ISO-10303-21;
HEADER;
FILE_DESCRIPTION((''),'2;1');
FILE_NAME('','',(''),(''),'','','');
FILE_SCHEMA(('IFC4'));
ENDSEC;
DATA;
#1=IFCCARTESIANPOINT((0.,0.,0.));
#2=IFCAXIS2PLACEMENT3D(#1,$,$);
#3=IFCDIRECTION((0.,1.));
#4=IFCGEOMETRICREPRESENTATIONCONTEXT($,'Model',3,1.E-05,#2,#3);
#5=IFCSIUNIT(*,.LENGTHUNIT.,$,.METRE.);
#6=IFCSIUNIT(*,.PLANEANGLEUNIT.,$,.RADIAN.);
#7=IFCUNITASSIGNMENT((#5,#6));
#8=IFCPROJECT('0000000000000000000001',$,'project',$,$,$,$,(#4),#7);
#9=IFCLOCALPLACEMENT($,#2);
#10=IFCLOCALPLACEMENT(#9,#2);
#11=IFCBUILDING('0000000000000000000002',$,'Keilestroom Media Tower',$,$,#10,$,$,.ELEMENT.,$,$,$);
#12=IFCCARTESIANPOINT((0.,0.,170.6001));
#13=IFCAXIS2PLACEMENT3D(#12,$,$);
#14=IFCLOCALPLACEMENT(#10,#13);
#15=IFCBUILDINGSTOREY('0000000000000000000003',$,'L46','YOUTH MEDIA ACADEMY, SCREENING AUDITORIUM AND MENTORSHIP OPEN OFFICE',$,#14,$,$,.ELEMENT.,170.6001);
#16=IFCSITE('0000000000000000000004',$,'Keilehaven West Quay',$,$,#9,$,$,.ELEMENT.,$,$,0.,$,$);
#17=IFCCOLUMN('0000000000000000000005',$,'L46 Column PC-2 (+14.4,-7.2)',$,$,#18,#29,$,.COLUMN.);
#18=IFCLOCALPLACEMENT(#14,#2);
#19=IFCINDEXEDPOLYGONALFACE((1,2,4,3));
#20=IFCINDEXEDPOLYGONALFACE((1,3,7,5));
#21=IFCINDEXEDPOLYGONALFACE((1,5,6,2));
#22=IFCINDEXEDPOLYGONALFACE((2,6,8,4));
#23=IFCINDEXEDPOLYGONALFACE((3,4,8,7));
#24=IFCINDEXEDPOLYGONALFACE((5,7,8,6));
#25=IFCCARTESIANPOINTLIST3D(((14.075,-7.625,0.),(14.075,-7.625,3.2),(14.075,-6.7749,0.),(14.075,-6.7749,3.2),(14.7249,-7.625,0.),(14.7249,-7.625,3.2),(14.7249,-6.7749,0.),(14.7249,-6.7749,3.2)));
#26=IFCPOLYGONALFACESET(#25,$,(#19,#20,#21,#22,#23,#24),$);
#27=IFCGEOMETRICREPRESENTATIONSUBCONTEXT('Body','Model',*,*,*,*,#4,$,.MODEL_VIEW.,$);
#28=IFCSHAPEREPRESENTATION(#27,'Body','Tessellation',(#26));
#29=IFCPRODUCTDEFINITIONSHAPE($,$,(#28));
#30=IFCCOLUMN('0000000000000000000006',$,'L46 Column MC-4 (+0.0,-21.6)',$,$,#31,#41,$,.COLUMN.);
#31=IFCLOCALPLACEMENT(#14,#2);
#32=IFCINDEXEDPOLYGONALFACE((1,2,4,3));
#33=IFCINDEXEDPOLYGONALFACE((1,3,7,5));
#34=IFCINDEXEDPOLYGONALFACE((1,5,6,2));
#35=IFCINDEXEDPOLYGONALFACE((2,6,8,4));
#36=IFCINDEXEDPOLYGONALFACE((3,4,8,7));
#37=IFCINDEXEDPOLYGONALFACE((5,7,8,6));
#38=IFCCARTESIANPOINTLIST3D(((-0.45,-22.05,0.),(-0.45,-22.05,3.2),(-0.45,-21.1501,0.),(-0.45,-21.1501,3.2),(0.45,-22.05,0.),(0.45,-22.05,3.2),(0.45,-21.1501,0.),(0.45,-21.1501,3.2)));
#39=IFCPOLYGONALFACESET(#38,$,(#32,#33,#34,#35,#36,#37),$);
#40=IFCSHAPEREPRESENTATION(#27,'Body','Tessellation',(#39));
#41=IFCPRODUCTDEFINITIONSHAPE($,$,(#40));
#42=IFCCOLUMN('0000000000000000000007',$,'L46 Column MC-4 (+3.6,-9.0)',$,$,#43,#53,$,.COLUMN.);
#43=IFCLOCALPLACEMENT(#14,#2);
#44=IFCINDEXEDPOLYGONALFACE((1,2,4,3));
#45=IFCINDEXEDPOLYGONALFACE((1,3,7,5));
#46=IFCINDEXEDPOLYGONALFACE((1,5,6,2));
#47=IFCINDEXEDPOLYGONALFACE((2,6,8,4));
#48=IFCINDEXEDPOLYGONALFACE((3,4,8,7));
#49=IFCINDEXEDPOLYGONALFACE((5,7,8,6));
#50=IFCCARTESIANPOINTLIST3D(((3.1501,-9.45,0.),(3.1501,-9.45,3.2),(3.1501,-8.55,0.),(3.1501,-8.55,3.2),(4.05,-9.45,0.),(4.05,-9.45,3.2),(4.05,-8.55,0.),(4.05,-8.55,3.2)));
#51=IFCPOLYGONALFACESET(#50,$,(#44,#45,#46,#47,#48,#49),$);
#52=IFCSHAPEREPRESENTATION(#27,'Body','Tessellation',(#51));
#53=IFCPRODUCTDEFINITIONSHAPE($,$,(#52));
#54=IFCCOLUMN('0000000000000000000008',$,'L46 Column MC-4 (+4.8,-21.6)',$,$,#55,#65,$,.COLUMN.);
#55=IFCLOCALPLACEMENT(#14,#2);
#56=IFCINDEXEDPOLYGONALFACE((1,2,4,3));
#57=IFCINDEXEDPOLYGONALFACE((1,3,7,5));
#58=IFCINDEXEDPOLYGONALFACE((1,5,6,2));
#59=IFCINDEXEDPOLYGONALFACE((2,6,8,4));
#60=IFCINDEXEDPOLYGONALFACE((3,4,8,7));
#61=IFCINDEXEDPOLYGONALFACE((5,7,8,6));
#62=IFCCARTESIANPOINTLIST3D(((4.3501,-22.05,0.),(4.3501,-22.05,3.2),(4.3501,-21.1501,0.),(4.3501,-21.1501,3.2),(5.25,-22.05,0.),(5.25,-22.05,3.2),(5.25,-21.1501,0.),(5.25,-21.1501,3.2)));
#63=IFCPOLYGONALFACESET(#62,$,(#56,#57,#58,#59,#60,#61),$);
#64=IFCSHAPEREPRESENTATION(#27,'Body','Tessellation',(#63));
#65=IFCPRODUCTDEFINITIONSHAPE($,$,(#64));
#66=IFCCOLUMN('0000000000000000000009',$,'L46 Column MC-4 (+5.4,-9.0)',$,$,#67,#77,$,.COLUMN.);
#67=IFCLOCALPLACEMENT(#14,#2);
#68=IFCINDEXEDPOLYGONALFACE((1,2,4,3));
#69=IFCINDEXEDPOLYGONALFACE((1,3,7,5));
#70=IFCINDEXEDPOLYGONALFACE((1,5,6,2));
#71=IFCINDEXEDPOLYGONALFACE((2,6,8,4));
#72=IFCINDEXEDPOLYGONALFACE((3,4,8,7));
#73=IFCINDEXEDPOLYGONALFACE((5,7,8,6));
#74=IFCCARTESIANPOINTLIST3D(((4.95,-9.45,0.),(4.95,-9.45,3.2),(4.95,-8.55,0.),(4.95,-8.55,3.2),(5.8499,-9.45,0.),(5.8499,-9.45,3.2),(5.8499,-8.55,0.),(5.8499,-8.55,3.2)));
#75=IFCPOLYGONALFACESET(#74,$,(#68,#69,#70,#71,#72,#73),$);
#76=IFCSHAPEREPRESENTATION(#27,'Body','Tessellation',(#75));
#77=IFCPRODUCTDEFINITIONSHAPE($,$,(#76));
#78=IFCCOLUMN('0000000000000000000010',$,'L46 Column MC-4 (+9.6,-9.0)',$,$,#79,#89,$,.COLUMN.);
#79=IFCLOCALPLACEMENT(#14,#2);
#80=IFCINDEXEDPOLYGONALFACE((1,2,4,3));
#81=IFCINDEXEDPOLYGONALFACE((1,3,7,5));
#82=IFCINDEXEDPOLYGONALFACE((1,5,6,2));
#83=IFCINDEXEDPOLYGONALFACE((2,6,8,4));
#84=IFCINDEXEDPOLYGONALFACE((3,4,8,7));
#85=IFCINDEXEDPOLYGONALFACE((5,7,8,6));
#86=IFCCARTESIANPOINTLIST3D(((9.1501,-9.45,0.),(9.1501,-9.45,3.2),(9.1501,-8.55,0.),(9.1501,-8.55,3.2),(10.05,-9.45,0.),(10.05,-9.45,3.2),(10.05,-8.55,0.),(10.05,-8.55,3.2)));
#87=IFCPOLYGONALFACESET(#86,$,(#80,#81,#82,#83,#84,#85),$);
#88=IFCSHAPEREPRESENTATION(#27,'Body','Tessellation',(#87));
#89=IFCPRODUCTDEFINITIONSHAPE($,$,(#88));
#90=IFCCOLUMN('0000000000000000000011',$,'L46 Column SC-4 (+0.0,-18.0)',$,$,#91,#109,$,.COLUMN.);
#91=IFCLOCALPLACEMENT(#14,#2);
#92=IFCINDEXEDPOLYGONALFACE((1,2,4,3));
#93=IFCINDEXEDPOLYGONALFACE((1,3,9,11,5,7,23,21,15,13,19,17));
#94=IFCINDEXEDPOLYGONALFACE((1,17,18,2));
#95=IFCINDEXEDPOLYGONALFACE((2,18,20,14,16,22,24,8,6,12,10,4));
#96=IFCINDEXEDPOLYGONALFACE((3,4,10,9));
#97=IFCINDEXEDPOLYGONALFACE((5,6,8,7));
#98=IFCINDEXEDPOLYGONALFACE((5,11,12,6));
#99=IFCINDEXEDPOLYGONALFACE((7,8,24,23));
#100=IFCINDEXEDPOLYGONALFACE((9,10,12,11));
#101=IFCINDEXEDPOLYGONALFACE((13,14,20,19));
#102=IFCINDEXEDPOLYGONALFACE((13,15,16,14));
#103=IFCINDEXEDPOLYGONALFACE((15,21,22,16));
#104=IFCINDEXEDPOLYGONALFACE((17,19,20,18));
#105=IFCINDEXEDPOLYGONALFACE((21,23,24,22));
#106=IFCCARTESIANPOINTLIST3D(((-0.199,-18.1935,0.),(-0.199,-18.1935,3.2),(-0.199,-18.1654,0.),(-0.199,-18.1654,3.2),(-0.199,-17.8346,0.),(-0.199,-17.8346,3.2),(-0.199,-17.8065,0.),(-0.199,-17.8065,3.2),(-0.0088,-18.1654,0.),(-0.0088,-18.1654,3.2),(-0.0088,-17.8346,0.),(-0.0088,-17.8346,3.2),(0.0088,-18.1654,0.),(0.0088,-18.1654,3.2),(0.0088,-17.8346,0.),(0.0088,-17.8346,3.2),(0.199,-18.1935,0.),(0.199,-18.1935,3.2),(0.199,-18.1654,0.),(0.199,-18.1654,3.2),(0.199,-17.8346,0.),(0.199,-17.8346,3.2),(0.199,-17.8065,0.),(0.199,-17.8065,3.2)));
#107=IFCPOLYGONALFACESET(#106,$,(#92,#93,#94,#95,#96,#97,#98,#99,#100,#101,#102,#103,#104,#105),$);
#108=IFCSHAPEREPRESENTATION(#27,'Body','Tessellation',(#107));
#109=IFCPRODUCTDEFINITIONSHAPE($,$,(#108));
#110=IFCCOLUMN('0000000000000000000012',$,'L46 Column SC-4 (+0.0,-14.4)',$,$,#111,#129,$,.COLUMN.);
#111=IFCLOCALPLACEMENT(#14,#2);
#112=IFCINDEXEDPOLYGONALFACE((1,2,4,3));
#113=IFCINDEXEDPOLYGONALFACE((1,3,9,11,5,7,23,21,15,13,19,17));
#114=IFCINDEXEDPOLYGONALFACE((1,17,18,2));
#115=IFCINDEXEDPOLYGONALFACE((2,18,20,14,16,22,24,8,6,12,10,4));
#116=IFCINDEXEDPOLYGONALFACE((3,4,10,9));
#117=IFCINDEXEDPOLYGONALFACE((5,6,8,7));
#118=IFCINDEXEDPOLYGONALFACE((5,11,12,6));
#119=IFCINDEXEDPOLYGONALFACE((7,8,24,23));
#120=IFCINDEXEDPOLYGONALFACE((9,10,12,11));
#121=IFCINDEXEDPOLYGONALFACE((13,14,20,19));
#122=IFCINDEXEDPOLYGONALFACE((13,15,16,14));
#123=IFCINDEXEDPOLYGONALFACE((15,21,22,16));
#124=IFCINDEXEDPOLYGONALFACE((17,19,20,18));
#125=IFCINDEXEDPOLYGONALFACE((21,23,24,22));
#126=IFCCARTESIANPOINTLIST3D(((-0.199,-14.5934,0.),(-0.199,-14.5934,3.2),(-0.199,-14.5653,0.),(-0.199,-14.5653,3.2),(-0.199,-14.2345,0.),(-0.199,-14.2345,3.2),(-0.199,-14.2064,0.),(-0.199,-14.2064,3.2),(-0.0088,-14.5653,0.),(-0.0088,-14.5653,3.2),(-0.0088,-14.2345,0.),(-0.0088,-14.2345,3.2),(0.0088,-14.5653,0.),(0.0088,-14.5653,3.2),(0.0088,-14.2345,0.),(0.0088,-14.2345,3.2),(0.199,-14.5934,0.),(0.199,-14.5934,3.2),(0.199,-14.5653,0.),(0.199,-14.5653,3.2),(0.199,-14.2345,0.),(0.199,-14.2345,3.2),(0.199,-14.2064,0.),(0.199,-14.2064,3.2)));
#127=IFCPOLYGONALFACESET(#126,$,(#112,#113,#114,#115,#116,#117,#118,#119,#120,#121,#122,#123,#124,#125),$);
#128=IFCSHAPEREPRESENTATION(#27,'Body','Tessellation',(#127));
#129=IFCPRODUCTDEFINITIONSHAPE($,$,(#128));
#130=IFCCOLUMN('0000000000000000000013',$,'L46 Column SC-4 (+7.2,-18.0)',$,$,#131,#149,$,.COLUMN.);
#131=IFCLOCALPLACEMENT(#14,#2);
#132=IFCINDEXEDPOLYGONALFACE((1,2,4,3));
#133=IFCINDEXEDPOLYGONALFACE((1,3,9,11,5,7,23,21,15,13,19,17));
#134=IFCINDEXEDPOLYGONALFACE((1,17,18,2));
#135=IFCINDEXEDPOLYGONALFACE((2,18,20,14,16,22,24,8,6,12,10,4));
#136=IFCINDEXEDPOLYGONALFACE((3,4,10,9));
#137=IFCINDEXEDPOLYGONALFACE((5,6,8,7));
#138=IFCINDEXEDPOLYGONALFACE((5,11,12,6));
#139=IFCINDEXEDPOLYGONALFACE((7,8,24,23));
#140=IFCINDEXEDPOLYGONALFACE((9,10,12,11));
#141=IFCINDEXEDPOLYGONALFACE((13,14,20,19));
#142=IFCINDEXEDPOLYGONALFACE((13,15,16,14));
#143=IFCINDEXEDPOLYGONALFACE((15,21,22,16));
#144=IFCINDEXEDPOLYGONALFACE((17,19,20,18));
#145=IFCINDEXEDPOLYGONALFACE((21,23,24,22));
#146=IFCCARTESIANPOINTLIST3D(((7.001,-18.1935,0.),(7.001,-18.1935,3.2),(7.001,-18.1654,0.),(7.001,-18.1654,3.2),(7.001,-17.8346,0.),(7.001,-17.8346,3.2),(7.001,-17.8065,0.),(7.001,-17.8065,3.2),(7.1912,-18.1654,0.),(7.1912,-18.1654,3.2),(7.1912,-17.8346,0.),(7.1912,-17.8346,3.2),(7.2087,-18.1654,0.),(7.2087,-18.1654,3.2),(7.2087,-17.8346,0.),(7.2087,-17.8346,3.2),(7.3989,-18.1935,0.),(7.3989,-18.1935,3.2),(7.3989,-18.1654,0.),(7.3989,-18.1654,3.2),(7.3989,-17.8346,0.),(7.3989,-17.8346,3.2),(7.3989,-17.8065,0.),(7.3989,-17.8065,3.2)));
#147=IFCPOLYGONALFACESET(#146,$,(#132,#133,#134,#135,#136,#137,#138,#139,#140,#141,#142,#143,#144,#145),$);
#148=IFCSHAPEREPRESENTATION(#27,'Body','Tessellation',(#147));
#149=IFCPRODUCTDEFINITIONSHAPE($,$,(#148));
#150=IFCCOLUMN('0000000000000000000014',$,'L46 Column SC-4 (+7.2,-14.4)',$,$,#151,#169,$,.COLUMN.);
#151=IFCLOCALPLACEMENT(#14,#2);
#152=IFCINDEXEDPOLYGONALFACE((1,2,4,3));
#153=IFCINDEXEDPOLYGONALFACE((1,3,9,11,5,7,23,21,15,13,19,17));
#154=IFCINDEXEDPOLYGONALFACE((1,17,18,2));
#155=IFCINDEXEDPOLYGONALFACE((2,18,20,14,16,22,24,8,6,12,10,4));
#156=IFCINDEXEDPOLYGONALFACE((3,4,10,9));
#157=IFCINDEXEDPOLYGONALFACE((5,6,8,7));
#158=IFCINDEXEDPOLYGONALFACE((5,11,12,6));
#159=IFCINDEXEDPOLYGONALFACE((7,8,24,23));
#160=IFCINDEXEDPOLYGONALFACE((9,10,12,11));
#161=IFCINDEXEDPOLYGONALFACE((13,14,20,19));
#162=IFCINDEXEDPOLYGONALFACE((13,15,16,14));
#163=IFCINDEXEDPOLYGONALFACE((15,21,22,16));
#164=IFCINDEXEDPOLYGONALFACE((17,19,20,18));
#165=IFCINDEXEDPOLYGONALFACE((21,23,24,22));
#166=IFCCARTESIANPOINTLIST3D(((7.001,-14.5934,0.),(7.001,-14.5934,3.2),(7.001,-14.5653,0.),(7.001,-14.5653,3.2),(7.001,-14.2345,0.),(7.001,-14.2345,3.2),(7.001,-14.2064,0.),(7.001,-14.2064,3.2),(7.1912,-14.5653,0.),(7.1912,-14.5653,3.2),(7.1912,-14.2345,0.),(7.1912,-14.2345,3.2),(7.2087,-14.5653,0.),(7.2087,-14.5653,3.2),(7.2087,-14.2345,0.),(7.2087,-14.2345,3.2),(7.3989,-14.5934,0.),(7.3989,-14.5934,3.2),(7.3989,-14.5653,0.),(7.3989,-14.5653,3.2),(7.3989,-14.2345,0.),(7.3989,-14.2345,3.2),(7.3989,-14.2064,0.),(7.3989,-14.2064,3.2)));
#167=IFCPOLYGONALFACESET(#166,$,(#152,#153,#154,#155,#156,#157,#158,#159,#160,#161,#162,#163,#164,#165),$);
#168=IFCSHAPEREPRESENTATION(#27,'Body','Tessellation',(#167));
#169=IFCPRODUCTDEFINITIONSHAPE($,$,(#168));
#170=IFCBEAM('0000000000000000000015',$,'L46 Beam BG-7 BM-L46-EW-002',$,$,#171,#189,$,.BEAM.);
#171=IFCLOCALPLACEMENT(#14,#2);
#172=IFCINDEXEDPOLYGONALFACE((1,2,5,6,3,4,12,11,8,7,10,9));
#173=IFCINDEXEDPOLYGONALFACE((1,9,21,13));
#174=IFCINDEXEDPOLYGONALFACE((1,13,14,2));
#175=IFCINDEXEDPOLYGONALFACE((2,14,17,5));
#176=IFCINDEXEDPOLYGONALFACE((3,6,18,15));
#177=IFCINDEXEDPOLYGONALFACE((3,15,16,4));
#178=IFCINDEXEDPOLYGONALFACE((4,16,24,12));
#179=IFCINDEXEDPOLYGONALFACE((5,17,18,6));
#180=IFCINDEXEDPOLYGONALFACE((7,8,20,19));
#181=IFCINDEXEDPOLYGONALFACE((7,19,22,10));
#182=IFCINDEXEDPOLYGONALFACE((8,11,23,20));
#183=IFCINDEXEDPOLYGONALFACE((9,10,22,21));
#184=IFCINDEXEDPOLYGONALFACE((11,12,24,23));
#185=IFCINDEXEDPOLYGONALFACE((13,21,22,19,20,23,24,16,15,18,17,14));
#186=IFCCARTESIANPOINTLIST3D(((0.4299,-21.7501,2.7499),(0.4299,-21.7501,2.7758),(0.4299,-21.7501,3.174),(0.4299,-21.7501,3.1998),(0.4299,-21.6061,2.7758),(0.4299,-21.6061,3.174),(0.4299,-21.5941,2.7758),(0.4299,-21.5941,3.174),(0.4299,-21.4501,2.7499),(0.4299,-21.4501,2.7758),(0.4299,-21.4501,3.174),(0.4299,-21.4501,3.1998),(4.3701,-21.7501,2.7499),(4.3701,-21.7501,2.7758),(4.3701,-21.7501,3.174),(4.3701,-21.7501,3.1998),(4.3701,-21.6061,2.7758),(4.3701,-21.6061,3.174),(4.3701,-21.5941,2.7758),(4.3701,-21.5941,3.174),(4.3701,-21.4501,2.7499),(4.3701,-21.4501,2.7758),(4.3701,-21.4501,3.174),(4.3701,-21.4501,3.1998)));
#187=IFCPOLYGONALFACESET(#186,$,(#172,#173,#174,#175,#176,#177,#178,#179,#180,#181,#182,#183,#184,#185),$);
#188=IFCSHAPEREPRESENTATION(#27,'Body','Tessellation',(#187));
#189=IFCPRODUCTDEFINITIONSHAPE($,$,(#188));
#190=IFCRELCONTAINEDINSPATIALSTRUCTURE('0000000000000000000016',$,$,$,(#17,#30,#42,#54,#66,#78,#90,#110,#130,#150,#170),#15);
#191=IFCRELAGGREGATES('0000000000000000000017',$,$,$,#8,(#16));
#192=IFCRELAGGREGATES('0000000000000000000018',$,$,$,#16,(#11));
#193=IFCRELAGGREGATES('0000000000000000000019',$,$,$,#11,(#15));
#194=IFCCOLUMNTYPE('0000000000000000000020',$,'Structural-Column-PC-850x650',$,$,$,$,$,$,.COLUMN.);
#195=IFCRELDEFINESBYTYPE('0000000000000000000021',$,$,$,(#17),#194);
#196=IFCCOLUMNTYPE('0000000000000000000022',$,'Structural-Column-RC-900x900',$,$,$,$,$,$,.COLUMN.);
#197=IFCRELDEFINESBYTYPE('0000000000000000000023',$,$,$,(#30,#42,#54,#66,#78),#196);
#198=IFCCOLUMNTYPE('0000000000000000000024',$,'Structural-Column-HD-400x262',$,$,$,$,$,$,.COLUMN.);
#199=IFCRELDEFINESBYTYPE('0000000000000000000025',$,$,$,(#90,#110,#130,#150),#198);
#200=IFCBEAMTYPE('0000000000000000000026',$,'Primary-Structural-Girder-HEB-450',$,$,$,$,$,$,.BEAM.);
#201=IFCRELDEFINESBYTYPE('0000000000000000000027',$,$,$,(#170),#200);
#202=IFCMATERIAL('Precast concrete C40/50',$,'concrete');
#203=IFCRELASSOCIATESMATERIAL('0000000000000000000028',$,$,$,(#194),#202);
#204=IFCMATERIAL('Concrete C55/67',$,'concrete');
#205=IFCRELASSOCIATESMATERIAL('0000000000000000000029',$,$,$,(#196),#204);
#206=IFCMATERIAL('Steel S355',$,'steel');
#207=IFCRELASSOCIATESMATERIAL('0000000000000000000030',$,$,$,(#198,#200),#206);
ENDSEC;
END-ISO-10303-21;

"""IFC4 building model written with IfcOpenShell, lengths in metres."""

from ifc_helpers import new_model, si_unit, direction, frame, origin, origin_2d, place, context, subcontext, project, spatial, rectangle, i_section, extrude, source, transform, mapped, material, material_profile, profile_set, type_object, element, save


model = new_model("IFC4")

# Units and contexts
model_context = context("Model", 3, precision=1e-05, world=origin(), true_north=direction((0.0, 1.0)))
body_context = subcontext(model_context, "Body", "Model", "MODEL_VIEW")
ifc_project = project(units=[si_unit("LENGTHUNIT", "METRE"), si_unit("PLANEANGLEUNIT", "RADIAN")], contexts=[model_context])

# Site, building, storey
site_placement = place(None, origin())
site = spatial("IfcSite", under=ifc_project, at=site_placement, Name="Keilehaven West Quay", CompositionType="ELEMENT", RefElevation=0.0)
building_placement = place(site_placement, origin())
building = spatial("IfcBuilding", under=site, at=building_placement, Name="Keilestroom Media Tower", CompositionType="ELEMENT")
storey_placement = place(building_placement, frame((0.0, 0.0, 170.6001)))
storey = spatial("IfcBuildingStorey", under=building, at=storey_placement, Name="L46", Description="YOUTH MEDIA ACADEMY, SCREENING AUDITORIUM AND MENTORSHIP OPEN OFFICE", CompositionType="ELEMENT", Elevation=170.6001)

# Columns
ifc_material_1 = material(Name="Precast concrete C40/50", Category="concrete")
ifc_material_profile_1 = material_profile(ifc_material_1, rectangle(XDim=0.6499, YDim=0.8501, at=origin_2d()), Name="PC 850x650")
ifc_profile_set_1 = profile_set([ifc_material_profile_1], Name="Precast concrete C40/50")
column_type_1 = type_object("IfcColumnType", Name="Structural-Column-PC-850x650", PredefinedType="COLUMN", material=ifc_profile_set_1)
shared_shape_1 = source(origin(), body_context, "Body", "SweptSolid", [
    extrude(rectangle(XDim=0.6499, YDim=0.8501, at=origin_2d()), origin(), (0.0, 0.0, 1.0), 3.2),
])
column_placement = place(storey_placement, frame((14.3999, -7.2, 0.0), z_axis=(0.0, 0.0, 1.0), x_axis=(1.0, 0.0, 0.0)))
element("IfcColumn", 1, at=column_placement, inside=storey, type_object=column_type_1, Name="L46 Column PC-2 (+14.4,-7.2)", PredefinedType="COLUMN", context=body_context, shape_type="MappedRepresentation", body=[
    mapped(shared_shape_1, transform((0.0, 0.0, 0.0), x_axis=(1.0, 0.0, 0.0), y_axis=(0.0, 1.0, 0.0), z_axis=(0.0, 0.0, 1.0), scale=1.0)),
])
ifc_material_2 = material(Name="Concrete C55/67", Category="concrete")
ifc_material_profile_2 = material_profile(ifc_material_2, rectangle(XDim=0.8999, YDim=0.8999, at=origin_2d()), Name="RC 900x900")
ifc_profile_set_2 = profile_set([ifc_material_profile_2], Name="Concrete C55/67")
column_type_2 = type_object("IfcColumnType", Name="Structural-Column-RC-900x900", PredefinedType="COLUMN", material=ifc_profile_set_2)
shared_shape_2 = source(origin(), body_context, "Body", "SweptSolid", [
    extrude(rectangle(XDim=0.8999, YDim=0.8999, at=origin_2d()), origin(), (0.0, 0.0, 1.0), 3.2),
])
for number, where, z_axis, x_axis, name in (
    (2, (0.0, -21.6001, 0.0), (0.0, 0.0, 1.0), (1.0, 0.0, 0.0), "L46 Column MC-4 (+0.0,-21.6)"),
    (3, (3.6001, -9.0, 0.0), (0.0, 0.0, 1.0), (1.0, 0.0, 0.0), "L46 Column MC-4 (+3.6,-9.0)"),
    (4, (4.8, -21.6001, 0.0), (0.0, 0.0, 1.0), (1.0, 0.0, 0.0), "L46 Column MC-4 (+4.8,-21.6)"),
    (5, (5.3999, -9.0, 0.0), (0.0, 0.0, 1.0), (1.0, 0.0, 0.0), "L46 Column MC-4 (+5.4,-9.0)"),
    (6, (9.6001, -9.0, 0.0), (0.0, 0.0, 1.0), (1.0, 0.0, 0.0), "L46 Column MC-4 (+9.6,-9.0)"),
):
    element("IfcColumn", number, at=place(storey_placement, frame(where, z_axis=z_axis, x_axis=x_axis)), inside=storey, type_object=column_type_2, Name=name, PredefinedType="COLUMN", context=body_context, shape_type="MappedRepresentation", body=[
        mapped(shared_shape_2, transform((0.0, 0.0, 0.0), x_axis=(1.0, 0.0, 0.0), y_axis=(0.0, 1.0, 0.0), z_axis=(0.0, 0.0, 1.0), scale=1.0)),
    ])
ifc_material_3 = material(Name="Steel S355", Category="steel")
ifc_material_profile_3 = material_profile(ifc_material_3, i_section(OverallWidth=0.3979, OverallDepth=0.387, WebThickness=0.0176, FlangeThickness=0.0281, at=origin_2d()), Name="HD 400x262")
ifc_profile_set_3 = profile_set([ifc_material_profile_3], Name="Steel S355")
column_type_3 = type_object("IfcColumnType", Name="Structural-Column-HD-400x262", PredefinedType="COLUMN", material=ifc_profile_set_3)
shared_shape_3 = source(origin(), body_context, "Body", "SweptSolid", [
    extrude(i_section(OverallWidth=0.3979, OverallDepth=0.387, WebThickness=0.0176, FlangeThickness=0.0281, at=origin_2d()), origin(), (0.0, 0.0, 1.0), 3.2),
])
for number, where, z_axis, x_axis, name in (
    (7, (0.0, -18.0, 0.0), (0.0, 0.0, 1.0), (1.0, 0.0, 0.0), "L46 Column SC-4 (+0.0,-18.0)"),
    (8, (0.0, -14.3999, 0.0), (0.0, 0.0, 1.0), (1.0, 0.0, 0.0), "L46 Column SC-4 (+0.0,-14.4)"),
    (9, (7.2, -18.0, 0.0), (0.0, 0.0, 1.0), (1.0, 0.0, 0.0), "L46 Column SC-4 (+7.2,-18.0)"),
    (10, (7.2, -14.3999, 0.0), (0.0, 0.0, 1.0), (1.0, 0.0, 0.0), "L46 Column SC-4 (+7.2,-14.4)"),
):
    element("IfcColumn", number, at=place(storey_placement, frame(where, z_axis=z_axis, x_axis=x_axis)), inside=storey, type_object=column_type_3, Name=name, PredefinedType="COLUMN", context=body_context, shape_type="MappedRepresentation", body=[
        mapped(shared_shape_3, transform((0.0, 0.0, 0.0), x_axis=(1.0, 0.0, 0.0), y_axis=(0.0, 1.0, 0.0), z_axis=(0.0, 0.0, 1.0), scale=1.0)),
    ])

# Beam
ifc_material_profile_4 = material_profile(ifc_material_3, i_section(OverallWidth=0.3, OverallDepth=0.45, WebThickness=0.012, FlangeThickness=0.0259, at=origin_2d()), Name="HEB 450")
ifc_profile_set_4 = profile_set([ifc_material_profile_4], Name="Steel S355")
beam_type_1 = type_object("IfcBeamType", Name="Primary-Structural-Girder-HEB-450", PredefinedType="BEAM", material=ifc_profile_set_4)
shared_shape_4 = source(origin(), body_context, "Body", "SweptSolid", [
    extrude(i_section(OverallWidth=0.3, OverallDepth=0.45, WebThickness=0.012, FlangeThickness=0.0259, at=origin_2d()), origin(), (0.0, 0.0, 1.0), 3.9402),
])
beam_1_placement = place(storey_placement, frame((0.4299, -21.6001, 2.9749), z_axis=(1.0, 0.0, 0.0), x_axis=(0.0, 1.0, 0.0)))
element("IfcBeam", 11, at=beam_1_placement, inside=storey, type_object=beam_type_1, Name="L46 Beam BG-7 BM-L46-EW-002", PredefinedType="BEAM", context=body_context, shape_type="MappedRepresentation", body=[
    mapped(shared_shape_4, transform((0.0, 0.0, 0.0), x_axis=(1.0, 0.0, 0.0), y_axis=(0.0, 1.0, 0.0), z_axis=(0.0, 0.0, 1.0), scale=1.0)),
])

save(model, "model.ifc")
